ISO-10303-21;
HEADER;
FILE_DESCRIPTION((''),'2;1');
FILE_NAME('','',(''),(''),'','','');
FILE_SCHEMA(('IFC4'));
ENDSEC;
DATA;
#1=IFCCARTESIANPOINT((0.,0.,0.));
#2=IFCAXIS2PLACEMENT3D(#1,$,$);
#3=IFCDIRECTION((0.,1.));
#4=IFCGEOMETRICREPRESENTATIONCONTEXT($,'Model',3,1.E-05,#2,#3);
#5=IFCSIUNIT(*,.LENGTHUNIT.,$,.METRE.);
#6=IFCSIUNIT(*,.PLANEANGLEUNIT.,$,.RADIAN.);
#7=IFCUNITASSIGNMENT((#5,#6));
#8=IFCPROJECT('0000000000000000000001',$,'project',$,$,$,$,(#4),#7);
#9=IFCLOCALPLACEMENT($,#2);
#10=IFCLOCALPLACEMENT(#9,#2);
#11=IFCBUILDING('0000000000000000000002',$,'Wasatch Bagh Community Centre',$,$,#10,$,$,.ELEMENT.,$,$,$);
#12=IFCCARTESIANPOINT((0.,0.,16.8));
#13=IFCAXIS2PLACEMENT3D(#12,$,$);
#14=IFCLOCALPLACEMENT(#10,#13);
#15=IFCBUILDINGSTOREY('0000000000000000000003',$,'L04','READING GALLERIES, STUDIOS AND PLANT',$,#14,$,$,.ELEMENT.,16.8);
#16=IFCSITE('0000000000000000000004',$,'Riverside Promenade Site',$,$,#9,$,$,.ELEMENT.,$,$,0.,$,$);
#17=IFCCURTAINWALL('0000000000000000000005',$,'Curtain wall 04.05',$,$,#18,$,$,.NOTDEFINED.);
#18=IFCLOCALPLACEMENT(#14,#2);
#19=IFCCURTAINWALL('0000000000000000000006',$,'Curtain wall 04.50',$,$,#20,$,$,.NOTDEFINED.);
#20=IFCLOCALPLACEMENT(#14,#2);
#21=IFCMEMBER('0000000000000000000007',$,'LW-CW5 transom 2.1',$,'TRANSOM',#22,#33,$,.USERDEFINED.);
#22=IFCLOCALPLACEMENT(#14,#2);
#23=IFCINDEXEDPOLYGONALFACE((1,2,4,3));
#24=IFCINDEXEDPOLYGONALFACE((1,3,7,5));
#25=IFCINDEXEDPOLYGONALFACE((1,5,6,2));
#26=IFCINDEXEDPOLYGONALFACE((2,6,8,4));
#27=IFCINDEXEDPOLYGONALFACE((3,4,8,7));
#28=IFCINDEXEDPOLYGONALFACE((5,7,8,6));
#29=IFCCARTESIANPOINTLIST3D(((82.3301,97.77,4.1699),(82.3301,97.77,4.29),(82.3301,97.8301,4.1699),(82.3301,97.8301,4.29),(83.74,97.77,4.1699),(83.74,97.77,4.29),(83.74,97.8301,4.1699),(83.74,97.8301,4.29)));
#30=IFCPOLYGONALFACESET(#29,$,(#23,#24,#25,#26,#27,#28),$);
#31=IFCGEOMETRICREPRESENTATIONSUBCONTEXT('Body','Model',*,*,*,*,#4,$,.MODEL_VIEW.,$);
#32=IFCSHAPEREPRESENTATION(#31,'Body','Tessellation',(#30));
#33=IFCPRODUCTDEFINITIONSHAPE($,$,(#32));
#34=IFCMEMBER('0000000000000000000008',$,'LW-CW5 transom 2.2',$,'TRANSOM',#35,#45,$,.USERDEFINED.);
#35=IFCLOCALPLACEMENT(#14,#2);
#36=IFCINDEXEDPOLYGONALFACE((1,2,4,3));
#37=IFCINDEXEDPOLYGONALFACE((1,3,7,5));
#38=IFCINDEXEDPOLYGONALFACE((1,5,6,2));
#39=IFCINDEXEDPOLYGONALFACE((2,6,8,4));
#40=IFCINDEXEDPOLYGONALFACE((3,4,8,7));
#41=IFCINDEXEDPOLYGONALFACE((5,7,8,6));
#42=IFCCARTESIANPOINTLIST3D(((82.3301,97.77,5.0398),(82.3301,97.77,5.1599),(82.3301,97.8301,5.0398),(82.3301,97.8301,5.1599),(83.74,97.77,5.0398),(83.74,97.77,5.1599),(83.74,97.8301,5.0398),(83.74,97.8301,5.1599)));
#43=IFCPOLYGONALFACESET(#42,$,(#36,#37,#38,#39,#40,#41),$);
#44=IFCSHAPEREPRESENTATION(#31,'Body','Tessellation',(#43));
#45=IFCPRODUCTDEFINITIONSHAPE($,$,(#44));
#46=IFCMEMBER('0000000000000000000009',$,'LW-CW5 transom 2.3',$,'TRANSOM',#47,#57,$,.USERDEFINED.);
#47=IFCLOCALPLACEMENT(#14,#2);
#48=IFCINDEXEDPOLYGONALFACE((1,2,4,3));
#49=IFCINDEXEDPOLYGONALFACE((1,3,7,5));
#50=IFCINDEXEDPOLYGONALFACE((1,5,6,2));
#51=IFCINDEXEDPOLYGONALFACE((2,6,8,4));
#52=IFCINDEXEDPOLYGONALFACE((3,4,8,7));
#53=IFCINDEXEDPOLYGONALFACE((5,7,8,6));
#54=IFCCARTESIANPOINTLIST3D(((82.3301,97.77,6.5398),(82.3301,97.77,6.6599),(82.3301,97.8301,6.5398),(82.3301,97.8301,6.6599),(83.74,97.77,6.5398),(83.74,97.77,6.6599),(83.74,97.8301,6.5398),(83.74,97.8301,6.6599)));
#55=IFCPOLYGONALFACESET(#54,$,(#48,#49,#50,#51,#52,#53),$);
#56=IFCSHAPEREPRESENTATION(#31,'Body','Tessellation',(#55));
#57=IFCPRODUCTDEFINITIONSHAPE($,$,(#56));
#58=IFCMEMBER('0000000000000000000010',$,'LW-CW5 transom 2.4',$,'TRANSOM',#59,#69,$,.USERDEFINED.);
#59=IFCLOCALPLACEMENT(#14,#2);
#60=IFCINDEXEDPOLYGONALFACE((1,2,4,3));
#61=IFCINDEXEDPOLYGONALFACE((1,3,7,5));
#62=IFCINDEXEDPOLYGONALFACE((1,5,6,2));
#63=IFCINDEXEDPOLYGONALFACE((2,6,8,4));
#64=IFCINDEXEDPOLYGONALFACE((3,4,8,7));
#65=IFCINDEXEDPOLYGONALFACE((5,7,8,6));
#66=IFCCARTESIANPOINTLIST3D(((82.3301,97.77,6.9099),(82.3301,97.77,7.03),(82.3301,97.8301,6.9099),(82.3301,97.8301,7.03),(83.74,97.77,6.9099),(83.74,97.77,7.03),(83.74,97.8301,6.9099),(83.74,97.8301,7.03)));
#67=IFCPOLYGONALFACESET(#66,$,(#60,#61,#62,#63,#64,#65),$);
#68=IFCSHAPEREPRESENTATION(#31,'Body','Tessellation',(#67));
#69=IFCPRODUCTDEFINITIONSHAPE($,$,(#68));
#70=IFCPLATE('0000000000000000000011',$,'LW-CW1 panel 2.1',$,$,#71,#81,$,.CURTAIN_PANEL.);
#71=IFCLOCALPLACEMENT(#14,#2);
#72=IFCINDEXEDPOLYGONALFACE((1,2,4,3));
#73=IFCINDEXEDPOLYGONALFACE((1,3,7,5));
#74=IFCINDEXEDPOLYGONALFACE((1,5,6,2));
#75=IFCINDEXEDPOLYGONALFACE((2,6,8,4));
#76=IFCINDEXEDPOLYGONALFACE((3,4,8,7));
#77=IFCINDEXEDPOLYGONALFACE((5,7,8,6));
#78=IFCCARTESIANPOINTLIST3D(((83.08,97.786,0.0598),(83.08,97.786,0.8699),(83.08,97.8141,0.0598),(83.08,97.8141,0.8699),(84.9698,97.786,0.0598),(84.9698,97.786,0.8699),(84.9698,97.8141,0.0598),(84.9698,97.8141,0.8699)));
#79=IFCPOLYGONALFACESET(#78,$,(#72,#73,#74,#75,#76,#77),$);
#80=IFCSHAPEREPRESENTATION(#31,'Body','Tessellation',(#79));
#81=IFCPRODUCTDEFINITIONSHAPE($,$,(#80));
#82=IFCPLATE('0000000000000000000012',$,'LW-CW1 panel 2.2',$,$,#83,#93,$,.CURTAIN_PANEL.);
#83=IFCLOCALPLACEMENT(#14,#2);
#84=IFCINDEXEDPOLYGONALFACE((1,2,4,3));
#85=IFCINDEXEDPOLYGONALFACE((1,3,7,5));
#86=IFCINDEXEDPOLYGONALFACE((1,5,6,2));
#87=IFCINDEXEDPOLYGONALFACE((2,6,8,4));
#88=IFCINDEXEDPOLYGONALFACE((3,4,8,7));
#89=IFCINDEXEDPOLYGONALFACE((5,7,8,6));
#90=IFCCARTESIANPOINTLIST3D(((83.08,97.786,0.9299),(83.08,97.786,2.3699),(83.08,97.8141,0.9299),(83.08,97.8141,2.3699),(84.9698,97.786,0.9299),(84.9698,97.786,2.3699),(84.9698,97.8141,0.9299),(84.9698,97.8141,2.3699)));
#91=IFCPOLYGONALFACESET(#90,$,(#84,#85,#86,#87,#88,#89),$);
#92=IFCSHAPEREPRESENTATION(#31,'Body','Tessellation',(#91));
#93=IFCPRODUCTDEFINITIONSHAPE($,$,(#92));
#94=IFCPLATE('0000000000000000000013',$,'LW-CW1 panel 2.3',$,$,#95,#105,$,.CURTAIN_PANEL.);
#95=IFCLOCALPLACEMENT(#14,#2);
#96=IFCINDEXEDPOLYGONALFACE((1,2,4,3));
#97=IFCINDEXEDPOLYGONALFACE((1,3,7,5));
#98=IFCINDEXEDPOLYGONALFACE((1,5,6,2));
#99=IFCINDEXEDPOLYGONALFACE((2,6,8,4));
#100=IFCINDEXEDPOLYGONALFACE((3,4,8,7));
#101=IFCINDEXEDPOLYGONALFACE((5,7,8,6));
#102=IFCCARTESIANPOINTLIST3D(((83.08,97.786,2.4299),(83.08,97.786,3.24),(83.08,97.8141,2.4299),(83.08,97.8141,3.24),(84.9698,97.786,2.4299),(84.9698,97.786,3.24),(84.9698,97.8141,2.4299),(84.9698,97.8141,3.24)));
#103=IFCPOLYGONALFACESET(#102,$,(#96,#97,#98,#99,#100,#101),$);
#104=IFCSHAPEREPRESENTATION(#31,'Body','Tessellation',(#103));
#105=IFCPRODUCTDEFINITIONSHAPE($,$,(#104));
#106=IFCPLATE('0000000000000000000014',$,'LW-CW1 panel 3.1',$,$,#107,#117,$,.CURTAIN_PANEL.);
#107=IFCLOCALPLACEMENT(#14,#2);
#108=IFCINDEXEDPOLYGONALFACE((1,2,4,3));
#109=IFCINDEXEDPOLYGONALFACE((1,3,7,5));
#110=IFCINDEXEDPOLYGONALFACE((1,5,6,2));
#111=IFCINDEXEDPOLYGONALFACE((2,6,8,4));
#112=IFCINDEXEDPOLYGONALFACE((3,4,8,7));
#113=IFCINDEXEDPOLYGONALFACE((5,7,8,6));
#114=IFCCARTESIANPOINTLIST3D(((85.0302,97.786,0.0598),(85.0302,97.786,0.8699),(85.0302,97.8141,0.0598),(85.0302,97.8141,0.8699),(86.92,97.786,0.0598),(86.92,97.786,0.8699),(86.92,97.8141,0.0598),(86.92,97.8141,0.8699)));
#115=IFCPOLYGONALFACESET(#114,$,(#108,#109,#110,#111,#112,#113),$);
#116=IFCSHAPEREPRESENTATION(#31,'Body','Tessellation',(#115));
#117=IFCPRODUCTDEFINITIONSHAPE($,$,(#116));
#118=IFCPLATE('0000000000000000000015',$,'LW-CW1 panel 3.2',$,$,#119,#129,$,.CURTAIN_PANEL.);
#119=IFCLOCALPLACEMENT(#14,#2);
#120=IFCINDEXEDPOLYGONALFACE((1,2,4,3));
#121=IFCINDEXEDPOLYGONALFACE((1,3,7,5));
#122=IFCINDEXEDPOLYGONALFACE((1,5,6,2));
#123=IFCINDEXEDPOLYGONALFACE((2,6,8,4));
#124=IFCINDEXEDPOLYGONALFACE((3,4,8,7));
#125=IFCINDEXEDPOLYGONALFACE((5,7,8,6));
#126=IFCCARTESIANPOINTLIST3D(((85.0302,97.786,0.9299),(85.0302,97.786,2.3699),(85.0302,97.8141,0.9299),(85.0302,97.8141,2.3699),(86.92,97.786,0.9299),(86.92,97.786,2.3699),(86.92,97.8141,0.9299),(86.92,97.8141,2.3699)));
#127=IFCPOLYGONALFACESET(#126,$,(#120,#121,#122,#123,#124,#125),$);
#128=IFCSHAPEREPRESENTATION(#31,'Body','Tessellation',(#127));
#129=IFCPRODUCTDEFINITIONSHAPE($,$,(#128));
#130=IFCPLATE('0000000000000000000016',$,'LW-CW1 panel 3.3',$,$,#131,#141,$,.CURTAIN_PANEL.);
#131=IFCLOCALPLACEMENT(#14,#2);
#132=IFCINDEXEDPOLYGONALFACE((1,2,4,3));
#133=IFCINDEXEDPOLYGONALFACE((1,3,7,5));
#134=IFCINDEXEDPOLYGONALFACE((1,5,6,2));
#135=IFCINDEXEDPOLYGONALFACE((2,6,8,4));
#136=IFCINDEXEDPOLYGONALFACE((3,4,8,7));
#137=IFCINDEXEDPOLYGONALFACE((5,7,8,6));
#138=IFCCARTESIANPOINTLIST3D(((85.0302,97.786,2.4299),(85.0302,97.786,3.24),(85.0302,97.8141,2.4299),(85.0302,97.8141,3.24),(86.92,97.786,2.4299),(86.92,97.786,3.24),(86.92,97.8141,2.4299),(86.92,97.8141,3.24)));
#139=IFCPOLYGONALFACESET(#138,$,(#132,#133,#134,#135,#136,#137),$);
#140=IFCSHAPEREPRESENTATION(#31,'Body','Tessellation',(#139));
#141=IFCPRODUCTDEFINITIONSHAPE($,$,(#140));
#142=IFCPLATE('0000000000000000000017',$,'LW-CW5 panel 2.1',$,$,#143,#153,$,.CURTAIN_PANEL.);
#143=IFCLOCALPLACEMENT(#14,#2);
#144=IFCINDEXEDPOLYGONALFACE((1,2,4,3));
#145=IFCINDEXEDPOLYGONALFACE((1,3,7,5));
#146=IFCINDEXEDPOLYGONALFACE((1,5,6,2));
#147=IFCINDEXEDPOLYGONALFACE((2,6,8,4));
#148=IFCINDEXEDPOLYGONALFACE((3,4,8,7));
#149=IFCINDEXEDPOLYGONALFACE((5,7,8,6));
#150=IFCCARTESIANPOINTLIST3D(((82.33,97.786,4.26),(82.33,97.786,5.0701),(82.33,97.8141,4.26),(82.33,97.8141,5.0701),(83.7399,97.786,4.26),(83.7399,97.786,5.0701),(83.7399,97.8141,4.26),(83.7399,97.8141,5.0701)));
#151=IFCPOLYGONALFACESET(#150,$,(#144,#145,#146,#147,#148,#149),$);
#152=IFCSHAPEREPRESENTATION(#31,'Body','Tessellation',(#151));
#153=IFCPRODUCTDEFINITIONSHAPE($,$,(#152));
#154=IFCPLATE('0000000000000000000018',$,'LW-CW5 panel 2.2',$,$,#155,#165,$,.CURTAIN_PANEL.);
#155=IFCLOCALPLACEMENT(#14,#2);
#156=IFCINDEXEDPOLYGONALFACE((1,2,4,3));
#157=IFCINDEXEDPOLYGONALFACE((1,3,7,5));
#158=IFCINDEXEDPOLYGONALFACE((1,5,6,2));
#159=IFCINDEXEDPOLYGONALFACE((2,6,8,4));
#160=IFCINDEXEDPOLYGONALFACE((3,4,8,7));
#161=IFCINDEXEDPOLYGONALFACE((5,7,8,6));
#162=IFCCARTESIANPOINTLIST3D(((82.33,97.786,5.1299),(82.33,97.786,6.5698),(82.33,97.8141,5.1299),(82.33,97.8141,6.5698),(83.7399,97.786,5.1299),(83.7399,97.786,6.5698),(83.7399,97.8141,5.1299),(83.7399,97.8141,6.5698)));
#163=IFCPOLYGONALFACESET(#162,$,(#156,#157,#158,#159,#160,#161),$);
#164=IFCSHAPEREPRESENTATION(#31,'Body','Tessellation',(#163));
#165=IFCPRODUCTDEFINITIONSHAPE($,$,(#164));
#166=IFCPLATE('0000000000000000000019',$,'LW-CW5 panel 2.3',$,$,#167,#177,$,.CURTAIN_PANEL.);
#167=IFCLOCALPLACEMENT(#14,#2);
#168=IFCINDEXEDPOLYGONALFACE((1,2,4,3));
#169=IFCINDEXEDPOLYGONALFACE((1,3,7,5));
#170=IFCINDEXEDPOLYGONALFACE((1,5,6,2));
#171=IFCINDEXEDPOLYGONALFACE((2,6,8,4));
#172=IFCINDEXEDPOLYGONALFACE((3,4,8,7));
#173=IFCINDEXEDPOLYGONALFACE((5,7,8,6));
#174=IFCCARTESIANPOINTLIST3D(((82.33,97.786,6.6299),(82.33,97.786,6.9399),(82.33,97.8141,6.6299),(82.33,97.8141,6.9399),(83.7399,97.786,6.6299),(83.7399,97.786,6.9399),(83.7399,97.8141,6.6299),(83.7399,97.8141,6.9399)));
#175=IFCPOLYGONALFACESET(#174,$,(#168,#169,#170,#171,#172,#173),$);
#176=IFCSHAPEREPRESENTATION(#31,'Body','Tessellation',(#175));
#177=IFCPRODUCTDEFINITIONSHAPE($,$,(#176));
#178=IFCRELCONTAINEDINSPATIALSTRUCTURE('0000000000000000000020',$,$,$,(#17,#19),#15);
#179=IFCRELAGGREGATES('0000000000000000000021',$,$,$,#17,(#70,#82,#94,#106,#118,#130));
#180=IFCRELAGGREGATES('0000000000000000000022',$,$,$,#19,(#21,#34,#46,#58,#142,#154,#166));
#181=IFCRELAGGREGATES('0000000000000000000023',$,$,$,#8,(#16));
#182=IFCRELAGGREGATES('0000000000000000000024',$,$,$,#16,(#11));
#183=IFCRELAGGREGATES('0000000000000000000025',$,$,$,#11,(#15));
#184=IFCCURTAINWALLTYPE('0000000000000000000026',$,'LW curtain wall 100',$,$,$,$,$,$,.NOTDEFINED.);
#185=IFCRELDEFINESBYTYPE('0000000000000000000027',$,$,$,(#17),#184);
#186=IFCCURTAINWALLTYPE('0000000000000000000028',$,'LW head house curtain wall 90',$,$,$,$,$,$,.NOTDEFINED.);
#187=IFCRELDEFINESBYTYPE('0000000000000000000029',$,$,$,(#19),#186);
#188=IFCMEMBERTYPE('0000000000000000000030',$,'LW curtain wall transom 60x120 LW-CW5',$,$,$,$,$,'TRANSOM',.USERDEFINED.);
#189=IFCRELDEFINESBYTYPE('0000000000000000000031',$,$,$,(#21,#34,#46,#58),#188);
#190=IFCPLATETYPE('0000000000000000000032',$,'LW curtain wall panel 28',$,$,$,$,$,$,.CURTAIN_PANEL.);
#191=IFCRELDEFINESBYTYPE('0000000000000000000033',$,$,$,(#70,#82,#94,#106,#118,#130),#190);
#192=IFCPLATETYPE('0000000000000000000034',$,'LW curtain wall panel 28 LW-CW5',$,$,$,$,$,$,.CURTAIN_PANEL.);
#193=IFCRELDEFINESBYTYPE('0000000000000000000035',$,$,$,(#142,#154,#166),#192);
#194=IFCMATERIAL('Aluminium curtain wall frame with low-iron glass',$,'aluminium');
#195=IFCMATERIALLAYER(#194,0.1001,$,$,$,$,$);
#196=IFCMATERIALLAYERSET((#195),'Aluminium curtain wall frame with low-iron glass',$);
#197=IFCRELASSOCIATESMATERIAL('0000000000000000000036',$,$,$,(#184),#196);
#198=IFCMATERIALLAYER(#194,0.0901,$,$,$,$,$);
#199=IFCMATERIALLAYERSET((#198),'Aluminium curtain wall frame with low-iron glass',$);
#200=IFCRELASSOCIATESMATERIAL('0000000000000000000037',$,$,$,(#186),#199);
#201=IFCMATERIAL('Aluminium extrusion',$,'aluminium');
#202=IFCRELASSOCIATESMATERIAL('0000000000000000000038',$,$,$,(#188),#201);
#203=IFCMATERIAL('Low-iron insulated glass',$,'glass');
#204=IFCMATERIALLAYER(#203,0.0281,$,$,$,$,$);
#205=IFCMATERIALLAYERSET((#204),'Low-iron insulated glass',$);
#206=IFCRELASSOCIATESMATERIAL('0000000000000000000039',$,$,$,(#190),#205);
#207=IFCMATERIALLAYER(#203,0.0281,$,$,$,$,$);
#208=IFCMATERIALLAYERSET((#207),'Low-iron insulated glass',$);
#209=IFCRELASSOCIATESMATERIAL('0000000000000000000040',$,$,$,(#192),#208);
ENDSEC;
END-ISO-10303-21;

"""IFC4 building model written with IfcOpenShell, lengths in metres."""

from ifc_helpers import new_model, si_unit, direction, frame, origin, origin_2d, place, context, subcontext, project, spatial, rectangle, extrude, material, layer, layer_set, material_profile, profile_set, type_object, element, aggregate, save


model = new_model("IFC4")

# Units and contexts
model_context = context("Model", 3, precision=1e-05, world=origin(), true_north=direction((0.0, 1.0)))
body_context = subcontext(model_context, "Body", "Model", "MODEL_VIEW")
ifc_project = project(units=[si_unit("LENGTHUNIT", "METRE"), si_unit("PLANEANGLEUNIT", "RADIAN")], contexts=[model_context])

# Site, building, storey
site_placement = place(None, origin())
site = spatial("IfcSite", under=ifc_project, at=site_placement, Name="Riverside Promenade Site", CompositionType="ELEMENT", RefElevation=0.0)
building_placement = place(site_placement, origin())
building = spatial("IfcBuilding", under=site, at=building_placement, Name="Wasatch Bagh Community Centre", CompositionType="ELEMENT")
storey_placement = place(building_placement, frame((0.0, 0.0, 16.8)))
storey = spatial("IfcBuildingStorey", under=building, at=storey_placement, Name="L04", Description="READING GALLERIES, STUDIOS AND PLANT", CompositionType="ELEMENT", Elevation=16.8)

# Curtain wall
ifc_material_1 = material(Name="Aluminium curtain wall frame with low-iron glass", Category="aluminium")
ifc_layer_1 = layer(ifc_material_1, 0.1001)
ifc_layer_set_1 = layer_set([ifc_layer_1], Name="Aluminium curtain wall frame with low-iron glass")
curtain_wall_type_1 = type_object("IfcCurtainWallType", Name="LW curtain wall 100", PredefinedType="NOTDEFINED", material=ifc_layer_set_1)
curtain_wall_1_placement = place(storey_placement, origin())
curtain_wall_1 = element("IfcCurtainWall", 1, at=curtain_wall_1_placement, inside=storey, type_object=curtain_wall_type_1, Name="Curtain wall 04.05", PredefinedType="NOTDEFINED")
ifc_material_2 = material(Name="Aluminium extrusion", Category="aluminium")

# Curtain wall
ifc_layer_2 = layer(ifc_material_1, 0.0901)
ifc_layer_set_2 = layer_set([ifc_layer_2], Name="Aluminium curtain wall frame with low-iron glass")
curtain_wall_type_2 = type_object("IfcCurtainWallType", Name="LW head house curtain wall 90", PredefinedType="NOTDEFINED", material=ifc_layer_set_2)
curtain_wall_2_placement = place(storey_placement, origin())
curtain_wall_2 = element("IfcCurtainWall", 2, at=curtain_wall_2_placement, inside=storey, type_object=curtain_wall_type_2, Name="Curtain wall 04.50", PredefinedType="NOTDEFINED")

# Members
ifc_material_profile_1 = material_profile(ifc_material_2, rectangle(XDim=0.0601, YDim=0.1201, at=origin_2d()), Name="AL 60x120")
ifc_profile_set_1 = profile_set([ifc_material_profile_1], Name="Aluminium extrusion")
member_type_1 = type_object("IfcMemberType", Name="LW curtain wall transom 60x120 LW-CW5", ElementType="TRANSOM", PredefinedType="USERDEFINED", material=ifc_profile_set_1)
member_1_placement = place(storey_placement, frame((82.3301, 97.8, 4.23), z_axis=(1.0, 0.0, 0.0), x_axis=(0.0, 1.0, 0.0)))
member_1 = element("IfcMember", 3, at=member_1_placement, type_object=member_type_1, Name="LW-CW5 transom 2.1", ObjectType="TRANSOM", PredefinedType="USERDEFINED", context=body_context, shape_type="SweptSolid", body=[
    extrude(rectangle(XDim=0.0601, YDim=0.1201, at=origin_2d()), origin(), (0.0, 0.0, 1.0), 1.4099),
])
member_2_placement = place(storey_placement, frame((82.3301, 97.8, 5.0999), z_axis=(1.0, 0.0, 0.0), x_axis=(0.0, 1.0, 0.0)))
member_2 = element("IfcMember", 4, at=member_2_placement, type_object=member_type_1, Name="LW-CW5 transom 2.2", ObjectType="TRANSOM", PredefinedType="USERDEFINED", context=body_context, shape_type="SweptSolid", body=[
    extrude(rectangle(XDim=0.0601, YDim=0.1201, at=origin_2d()), origin(), (0.0, 0.0, 1.0), 1.4099),
])
member_3_placement = place(storey_placement, frame((82.3301, 97.8, 6.5999), z_axis=(1.0, 0.0, 0.0), x_axis=(0.0, 1.0, 0.0)))
member_3 = element("IfcMember", 5, at=member_3_placement, type_object=member_type_1, Name="LW-CW5 transom 2.3", ObjectType="TRANSOM", PredefinedType="USERDEFINED", context=body_context, shape_type="SweptSolid", body=[
    extrude(rectangle(XDim=0.0601, YDim=0.1201, at=origin_2d()), origin(), (0.0, 0.0, 1.0), 1.4099),
])
member_4_placement = place(storey_placement, frame((82.3301, 97.8, 6.97), z_axis=(1.0, 0.0, 0.0), x_axis=(0.0, 1.0, 0.0)))
member_4 = element("IfcMember", 6, at=member_4_placement, type_object=member_type_1, Name="LW-CW5 transom 2.4", ObjectType="TRANSOM", PredefinedType="USERDEFINED", context=body_context, shape_type="SweptSolid", body=[
    extrude(rectangle(XDim=0.0601, YDim=0.1201, at=origin_2d()), origin(), (0.0, 0.0, 1.0), 1.4099),
])

# Plates
ifc_material_3 = material(Name="Low-iron insulated glass", Category="glass")
ifc_layer_3 = layer(ifc_material_3, 0.0281)
ifc_layer_set_3 = layer_set([ifc_layer_3], Name="Low-iron insulated glass")
plate_type_1 = type_object("IfcPlateType", Name="LW curtain wall panel 28", PredefinedType="CURTAIN_PANEL", material=ifc_layer_set_3)
plate_1_placement = place(storey_placement, frame((84.0249, 97.8, 0.0598), z_axis=(0.0, 0.0, 1.0), x_axis=(1.0, 0.0, 0.0)))
plate_1 = element("IfcPlate", 7, at=plate_1_placement, type_object=plate_type_1, Name="LW-CW1 panel 2.1", PredefinedType="CURTAIN_PANEL", context=body_context, shape_type="SweptSolid", body=[
    extrude(rectangle(XDim=1.8899, YDim=0.0281, at=origin_2d()), origin(), (0.0, 0.0, 1.0), 0.8101),
])
plate_2_placement = place(storey_placement, frame((84.0249, 97.8, 0.9299), z_axis=(0.0, 0.0, 1.0), x_axis=(1.0, 0.0, 0.0)))
plate_2 = element("IfcPlate", 8, at=plate_2_placement, type_object=plate_type_1, Name="LW-CW1 panel 2.2", PredefinedType="CURTAIN_PANEL", context=body_context, shape_type="SweptSolid", body=[
    extrude(rectangle(XDim=1.8899, YDim=0.0281, at=origin_2d()), origin(), (0.0, 0.0, 1.0), 1.4399),
])
plate_3_placement = place(storey_placement, frame((84.0249, 97.8, 2.4299), z_axis=(0.0, 0.0, 1.0), x_axis=(1.0, 0.0, 0.0)))
plate_3 = element("IfcPlate", 9, at=plate_3_placement, type_object=plate_type_1, Name="LW-CW1 panel 2.3", PredefinedType="CURTAIN_PANEL", context=body_context, shape_type="SweptSolid", body=[
    extrude(rectangle(XDim=1.8899, YDim=0.0281, at=origin_2d()), origin(), (0.0, 0.0, 1.0), 0.8101),
])
plate_4_placement = place(storey_placement, frame((85.9751, 97.8, 0.0598), z_axis=(0.0, 0.0, 1.0), x_axis=(1.0, 0.0, 0.0)))
plate_4 = element("IfcPlate", 10, at=plate_4_placement, type_object=plate_type_1, Name="LW-CW1 panel 3.1", PredefinedType="CURTAIN_PANEL", context=body_context, shape_type="SweptSolid", body=[
    extrude(rectangle(XDim=1.8899, YDim=0.0281, at=origin_2d()), origin(), (0.0, 0.0, 1.0), 0.8101),
])
plate_5_placement = place(storey_placement, frame((85.9751, 97.8, 0.9299), z_axis=(0.0, 0.0, 1.0), x_axis=(1.0, 0.0, 0.0)))
plate_5 = element("IfcPlate", 11, at=plate_5_placement, type_object=plate_type_1, Name="LW-CW1 panel 3.2", PredefinedType="CURTAIN_PANEL", context=body_context, shape_type="SweptSolid", body=[
    extrude(rectangle(XDim=1.8899, YDim=0.0281, at=origin_2d()), origin(), (0.0, 0.0, 1.0), 1.4399),
])
plate_6_placement = place(storey_placement, frame((85.9751, 97.8, 2.4299), z_axis=(0.0, 0.0, 1.0), x_axis=(1.0, 0.0, 0.0)))
plate_6 = element("IfcPlate", 12, at=plate_6_placement, type_object=plate_type_1, Name="LW-CW1 panel 3.3", PredefinedType="CURTAIN_PANEL", context=body_context, shape_type="SweptSolid", body=[
    extrude(rectangle(XDim=1.8899, YDim=0.0281, at=origin_2d()), origin(), (0.0, 0.0, 1.0), 0.8101),
])
aggregate(curtain_wall_1, [plate_1, plate_2, plate_3, plate_4, plate_5, plate_6])
ifc_layer_4 = layer(ifc_material_3, 0.0281)
ifc_layer_set_4 = layer_set([ifc_layer_4], Name="Low-iron insulated glass")
plate_type_2 = type_object("IfcPlateType", Name="LW curtain wall panel 28 LW-CW5", PredefinedType="CURTAIN_PANEL", material=ifc_layer_set_4)
plate_7_placement = place(storey_placement, frame((83.0349, 97.8, 4.26), z_axis=(0.0, 0.0, 1.0), x_axis=(1.0, 0.0, 0.0)))
plate_7 = element("IfcPlate", 13, at=plate_7_placement, type_object=plate_type_2, Name="LW-CW5 panel 2.1", PredefinedType="CURTAIN_PANEL", context=body_context, shape_type="SweptSolid", body=[
    extrude(rectangle(XDim=1.4099, YDim=0.0281, at=origin_2d()), origin(), (0.0, 0.0, 1.0), 0.8101),
])
plate_8_placement = place(storey_placement, frame((83.0349, 97.8, 5.1299), z_axis=(0.0, 0.0, 1.0), x_axis=(1.0, 0.0, 0.0)))
plate_8 = element("IfcPlate", 14, at=plate_8_placement, type_object=plate_type_2, Name="LW-CW5 panel 2.2", PredefinedType="CURTAIN_PANEL", context=body_context, shape_type="SweptSolid", body=[
    extrude(rectangle(XDim=1.4099, YDim=0.0281, at=origin_2d()), origin(), (0.0, 0.0, 1.0), 1.4399),
])
plate_9_placement = place(storey_placement, frame((83.0349, 97.8, 6.6299), z_axis=(0.0, 0.0, 1.0), x_axis=(1.0, 0.0, 0.0)))
plate_9 = element("IfcPlate", 15, at=plate_9_placement, type_object=plate_type_2, Name="LW-CW5 panel 2.3", PredefinedType="CURTAIN_PANEL", context=body_context, shape_type="SweptSolid", body=[
    extrude(rectangle(XDim=1.4099, YDim=0.0281, at=origin_2d()), origin(), (0.0, 0.0, 1.0), 0.3101),
])
aggregate(curtain_wall_2, [member_1, member_2, member_3, member_4, plate_7, plate_8, plate_9])

save(model, "model.ifc")
